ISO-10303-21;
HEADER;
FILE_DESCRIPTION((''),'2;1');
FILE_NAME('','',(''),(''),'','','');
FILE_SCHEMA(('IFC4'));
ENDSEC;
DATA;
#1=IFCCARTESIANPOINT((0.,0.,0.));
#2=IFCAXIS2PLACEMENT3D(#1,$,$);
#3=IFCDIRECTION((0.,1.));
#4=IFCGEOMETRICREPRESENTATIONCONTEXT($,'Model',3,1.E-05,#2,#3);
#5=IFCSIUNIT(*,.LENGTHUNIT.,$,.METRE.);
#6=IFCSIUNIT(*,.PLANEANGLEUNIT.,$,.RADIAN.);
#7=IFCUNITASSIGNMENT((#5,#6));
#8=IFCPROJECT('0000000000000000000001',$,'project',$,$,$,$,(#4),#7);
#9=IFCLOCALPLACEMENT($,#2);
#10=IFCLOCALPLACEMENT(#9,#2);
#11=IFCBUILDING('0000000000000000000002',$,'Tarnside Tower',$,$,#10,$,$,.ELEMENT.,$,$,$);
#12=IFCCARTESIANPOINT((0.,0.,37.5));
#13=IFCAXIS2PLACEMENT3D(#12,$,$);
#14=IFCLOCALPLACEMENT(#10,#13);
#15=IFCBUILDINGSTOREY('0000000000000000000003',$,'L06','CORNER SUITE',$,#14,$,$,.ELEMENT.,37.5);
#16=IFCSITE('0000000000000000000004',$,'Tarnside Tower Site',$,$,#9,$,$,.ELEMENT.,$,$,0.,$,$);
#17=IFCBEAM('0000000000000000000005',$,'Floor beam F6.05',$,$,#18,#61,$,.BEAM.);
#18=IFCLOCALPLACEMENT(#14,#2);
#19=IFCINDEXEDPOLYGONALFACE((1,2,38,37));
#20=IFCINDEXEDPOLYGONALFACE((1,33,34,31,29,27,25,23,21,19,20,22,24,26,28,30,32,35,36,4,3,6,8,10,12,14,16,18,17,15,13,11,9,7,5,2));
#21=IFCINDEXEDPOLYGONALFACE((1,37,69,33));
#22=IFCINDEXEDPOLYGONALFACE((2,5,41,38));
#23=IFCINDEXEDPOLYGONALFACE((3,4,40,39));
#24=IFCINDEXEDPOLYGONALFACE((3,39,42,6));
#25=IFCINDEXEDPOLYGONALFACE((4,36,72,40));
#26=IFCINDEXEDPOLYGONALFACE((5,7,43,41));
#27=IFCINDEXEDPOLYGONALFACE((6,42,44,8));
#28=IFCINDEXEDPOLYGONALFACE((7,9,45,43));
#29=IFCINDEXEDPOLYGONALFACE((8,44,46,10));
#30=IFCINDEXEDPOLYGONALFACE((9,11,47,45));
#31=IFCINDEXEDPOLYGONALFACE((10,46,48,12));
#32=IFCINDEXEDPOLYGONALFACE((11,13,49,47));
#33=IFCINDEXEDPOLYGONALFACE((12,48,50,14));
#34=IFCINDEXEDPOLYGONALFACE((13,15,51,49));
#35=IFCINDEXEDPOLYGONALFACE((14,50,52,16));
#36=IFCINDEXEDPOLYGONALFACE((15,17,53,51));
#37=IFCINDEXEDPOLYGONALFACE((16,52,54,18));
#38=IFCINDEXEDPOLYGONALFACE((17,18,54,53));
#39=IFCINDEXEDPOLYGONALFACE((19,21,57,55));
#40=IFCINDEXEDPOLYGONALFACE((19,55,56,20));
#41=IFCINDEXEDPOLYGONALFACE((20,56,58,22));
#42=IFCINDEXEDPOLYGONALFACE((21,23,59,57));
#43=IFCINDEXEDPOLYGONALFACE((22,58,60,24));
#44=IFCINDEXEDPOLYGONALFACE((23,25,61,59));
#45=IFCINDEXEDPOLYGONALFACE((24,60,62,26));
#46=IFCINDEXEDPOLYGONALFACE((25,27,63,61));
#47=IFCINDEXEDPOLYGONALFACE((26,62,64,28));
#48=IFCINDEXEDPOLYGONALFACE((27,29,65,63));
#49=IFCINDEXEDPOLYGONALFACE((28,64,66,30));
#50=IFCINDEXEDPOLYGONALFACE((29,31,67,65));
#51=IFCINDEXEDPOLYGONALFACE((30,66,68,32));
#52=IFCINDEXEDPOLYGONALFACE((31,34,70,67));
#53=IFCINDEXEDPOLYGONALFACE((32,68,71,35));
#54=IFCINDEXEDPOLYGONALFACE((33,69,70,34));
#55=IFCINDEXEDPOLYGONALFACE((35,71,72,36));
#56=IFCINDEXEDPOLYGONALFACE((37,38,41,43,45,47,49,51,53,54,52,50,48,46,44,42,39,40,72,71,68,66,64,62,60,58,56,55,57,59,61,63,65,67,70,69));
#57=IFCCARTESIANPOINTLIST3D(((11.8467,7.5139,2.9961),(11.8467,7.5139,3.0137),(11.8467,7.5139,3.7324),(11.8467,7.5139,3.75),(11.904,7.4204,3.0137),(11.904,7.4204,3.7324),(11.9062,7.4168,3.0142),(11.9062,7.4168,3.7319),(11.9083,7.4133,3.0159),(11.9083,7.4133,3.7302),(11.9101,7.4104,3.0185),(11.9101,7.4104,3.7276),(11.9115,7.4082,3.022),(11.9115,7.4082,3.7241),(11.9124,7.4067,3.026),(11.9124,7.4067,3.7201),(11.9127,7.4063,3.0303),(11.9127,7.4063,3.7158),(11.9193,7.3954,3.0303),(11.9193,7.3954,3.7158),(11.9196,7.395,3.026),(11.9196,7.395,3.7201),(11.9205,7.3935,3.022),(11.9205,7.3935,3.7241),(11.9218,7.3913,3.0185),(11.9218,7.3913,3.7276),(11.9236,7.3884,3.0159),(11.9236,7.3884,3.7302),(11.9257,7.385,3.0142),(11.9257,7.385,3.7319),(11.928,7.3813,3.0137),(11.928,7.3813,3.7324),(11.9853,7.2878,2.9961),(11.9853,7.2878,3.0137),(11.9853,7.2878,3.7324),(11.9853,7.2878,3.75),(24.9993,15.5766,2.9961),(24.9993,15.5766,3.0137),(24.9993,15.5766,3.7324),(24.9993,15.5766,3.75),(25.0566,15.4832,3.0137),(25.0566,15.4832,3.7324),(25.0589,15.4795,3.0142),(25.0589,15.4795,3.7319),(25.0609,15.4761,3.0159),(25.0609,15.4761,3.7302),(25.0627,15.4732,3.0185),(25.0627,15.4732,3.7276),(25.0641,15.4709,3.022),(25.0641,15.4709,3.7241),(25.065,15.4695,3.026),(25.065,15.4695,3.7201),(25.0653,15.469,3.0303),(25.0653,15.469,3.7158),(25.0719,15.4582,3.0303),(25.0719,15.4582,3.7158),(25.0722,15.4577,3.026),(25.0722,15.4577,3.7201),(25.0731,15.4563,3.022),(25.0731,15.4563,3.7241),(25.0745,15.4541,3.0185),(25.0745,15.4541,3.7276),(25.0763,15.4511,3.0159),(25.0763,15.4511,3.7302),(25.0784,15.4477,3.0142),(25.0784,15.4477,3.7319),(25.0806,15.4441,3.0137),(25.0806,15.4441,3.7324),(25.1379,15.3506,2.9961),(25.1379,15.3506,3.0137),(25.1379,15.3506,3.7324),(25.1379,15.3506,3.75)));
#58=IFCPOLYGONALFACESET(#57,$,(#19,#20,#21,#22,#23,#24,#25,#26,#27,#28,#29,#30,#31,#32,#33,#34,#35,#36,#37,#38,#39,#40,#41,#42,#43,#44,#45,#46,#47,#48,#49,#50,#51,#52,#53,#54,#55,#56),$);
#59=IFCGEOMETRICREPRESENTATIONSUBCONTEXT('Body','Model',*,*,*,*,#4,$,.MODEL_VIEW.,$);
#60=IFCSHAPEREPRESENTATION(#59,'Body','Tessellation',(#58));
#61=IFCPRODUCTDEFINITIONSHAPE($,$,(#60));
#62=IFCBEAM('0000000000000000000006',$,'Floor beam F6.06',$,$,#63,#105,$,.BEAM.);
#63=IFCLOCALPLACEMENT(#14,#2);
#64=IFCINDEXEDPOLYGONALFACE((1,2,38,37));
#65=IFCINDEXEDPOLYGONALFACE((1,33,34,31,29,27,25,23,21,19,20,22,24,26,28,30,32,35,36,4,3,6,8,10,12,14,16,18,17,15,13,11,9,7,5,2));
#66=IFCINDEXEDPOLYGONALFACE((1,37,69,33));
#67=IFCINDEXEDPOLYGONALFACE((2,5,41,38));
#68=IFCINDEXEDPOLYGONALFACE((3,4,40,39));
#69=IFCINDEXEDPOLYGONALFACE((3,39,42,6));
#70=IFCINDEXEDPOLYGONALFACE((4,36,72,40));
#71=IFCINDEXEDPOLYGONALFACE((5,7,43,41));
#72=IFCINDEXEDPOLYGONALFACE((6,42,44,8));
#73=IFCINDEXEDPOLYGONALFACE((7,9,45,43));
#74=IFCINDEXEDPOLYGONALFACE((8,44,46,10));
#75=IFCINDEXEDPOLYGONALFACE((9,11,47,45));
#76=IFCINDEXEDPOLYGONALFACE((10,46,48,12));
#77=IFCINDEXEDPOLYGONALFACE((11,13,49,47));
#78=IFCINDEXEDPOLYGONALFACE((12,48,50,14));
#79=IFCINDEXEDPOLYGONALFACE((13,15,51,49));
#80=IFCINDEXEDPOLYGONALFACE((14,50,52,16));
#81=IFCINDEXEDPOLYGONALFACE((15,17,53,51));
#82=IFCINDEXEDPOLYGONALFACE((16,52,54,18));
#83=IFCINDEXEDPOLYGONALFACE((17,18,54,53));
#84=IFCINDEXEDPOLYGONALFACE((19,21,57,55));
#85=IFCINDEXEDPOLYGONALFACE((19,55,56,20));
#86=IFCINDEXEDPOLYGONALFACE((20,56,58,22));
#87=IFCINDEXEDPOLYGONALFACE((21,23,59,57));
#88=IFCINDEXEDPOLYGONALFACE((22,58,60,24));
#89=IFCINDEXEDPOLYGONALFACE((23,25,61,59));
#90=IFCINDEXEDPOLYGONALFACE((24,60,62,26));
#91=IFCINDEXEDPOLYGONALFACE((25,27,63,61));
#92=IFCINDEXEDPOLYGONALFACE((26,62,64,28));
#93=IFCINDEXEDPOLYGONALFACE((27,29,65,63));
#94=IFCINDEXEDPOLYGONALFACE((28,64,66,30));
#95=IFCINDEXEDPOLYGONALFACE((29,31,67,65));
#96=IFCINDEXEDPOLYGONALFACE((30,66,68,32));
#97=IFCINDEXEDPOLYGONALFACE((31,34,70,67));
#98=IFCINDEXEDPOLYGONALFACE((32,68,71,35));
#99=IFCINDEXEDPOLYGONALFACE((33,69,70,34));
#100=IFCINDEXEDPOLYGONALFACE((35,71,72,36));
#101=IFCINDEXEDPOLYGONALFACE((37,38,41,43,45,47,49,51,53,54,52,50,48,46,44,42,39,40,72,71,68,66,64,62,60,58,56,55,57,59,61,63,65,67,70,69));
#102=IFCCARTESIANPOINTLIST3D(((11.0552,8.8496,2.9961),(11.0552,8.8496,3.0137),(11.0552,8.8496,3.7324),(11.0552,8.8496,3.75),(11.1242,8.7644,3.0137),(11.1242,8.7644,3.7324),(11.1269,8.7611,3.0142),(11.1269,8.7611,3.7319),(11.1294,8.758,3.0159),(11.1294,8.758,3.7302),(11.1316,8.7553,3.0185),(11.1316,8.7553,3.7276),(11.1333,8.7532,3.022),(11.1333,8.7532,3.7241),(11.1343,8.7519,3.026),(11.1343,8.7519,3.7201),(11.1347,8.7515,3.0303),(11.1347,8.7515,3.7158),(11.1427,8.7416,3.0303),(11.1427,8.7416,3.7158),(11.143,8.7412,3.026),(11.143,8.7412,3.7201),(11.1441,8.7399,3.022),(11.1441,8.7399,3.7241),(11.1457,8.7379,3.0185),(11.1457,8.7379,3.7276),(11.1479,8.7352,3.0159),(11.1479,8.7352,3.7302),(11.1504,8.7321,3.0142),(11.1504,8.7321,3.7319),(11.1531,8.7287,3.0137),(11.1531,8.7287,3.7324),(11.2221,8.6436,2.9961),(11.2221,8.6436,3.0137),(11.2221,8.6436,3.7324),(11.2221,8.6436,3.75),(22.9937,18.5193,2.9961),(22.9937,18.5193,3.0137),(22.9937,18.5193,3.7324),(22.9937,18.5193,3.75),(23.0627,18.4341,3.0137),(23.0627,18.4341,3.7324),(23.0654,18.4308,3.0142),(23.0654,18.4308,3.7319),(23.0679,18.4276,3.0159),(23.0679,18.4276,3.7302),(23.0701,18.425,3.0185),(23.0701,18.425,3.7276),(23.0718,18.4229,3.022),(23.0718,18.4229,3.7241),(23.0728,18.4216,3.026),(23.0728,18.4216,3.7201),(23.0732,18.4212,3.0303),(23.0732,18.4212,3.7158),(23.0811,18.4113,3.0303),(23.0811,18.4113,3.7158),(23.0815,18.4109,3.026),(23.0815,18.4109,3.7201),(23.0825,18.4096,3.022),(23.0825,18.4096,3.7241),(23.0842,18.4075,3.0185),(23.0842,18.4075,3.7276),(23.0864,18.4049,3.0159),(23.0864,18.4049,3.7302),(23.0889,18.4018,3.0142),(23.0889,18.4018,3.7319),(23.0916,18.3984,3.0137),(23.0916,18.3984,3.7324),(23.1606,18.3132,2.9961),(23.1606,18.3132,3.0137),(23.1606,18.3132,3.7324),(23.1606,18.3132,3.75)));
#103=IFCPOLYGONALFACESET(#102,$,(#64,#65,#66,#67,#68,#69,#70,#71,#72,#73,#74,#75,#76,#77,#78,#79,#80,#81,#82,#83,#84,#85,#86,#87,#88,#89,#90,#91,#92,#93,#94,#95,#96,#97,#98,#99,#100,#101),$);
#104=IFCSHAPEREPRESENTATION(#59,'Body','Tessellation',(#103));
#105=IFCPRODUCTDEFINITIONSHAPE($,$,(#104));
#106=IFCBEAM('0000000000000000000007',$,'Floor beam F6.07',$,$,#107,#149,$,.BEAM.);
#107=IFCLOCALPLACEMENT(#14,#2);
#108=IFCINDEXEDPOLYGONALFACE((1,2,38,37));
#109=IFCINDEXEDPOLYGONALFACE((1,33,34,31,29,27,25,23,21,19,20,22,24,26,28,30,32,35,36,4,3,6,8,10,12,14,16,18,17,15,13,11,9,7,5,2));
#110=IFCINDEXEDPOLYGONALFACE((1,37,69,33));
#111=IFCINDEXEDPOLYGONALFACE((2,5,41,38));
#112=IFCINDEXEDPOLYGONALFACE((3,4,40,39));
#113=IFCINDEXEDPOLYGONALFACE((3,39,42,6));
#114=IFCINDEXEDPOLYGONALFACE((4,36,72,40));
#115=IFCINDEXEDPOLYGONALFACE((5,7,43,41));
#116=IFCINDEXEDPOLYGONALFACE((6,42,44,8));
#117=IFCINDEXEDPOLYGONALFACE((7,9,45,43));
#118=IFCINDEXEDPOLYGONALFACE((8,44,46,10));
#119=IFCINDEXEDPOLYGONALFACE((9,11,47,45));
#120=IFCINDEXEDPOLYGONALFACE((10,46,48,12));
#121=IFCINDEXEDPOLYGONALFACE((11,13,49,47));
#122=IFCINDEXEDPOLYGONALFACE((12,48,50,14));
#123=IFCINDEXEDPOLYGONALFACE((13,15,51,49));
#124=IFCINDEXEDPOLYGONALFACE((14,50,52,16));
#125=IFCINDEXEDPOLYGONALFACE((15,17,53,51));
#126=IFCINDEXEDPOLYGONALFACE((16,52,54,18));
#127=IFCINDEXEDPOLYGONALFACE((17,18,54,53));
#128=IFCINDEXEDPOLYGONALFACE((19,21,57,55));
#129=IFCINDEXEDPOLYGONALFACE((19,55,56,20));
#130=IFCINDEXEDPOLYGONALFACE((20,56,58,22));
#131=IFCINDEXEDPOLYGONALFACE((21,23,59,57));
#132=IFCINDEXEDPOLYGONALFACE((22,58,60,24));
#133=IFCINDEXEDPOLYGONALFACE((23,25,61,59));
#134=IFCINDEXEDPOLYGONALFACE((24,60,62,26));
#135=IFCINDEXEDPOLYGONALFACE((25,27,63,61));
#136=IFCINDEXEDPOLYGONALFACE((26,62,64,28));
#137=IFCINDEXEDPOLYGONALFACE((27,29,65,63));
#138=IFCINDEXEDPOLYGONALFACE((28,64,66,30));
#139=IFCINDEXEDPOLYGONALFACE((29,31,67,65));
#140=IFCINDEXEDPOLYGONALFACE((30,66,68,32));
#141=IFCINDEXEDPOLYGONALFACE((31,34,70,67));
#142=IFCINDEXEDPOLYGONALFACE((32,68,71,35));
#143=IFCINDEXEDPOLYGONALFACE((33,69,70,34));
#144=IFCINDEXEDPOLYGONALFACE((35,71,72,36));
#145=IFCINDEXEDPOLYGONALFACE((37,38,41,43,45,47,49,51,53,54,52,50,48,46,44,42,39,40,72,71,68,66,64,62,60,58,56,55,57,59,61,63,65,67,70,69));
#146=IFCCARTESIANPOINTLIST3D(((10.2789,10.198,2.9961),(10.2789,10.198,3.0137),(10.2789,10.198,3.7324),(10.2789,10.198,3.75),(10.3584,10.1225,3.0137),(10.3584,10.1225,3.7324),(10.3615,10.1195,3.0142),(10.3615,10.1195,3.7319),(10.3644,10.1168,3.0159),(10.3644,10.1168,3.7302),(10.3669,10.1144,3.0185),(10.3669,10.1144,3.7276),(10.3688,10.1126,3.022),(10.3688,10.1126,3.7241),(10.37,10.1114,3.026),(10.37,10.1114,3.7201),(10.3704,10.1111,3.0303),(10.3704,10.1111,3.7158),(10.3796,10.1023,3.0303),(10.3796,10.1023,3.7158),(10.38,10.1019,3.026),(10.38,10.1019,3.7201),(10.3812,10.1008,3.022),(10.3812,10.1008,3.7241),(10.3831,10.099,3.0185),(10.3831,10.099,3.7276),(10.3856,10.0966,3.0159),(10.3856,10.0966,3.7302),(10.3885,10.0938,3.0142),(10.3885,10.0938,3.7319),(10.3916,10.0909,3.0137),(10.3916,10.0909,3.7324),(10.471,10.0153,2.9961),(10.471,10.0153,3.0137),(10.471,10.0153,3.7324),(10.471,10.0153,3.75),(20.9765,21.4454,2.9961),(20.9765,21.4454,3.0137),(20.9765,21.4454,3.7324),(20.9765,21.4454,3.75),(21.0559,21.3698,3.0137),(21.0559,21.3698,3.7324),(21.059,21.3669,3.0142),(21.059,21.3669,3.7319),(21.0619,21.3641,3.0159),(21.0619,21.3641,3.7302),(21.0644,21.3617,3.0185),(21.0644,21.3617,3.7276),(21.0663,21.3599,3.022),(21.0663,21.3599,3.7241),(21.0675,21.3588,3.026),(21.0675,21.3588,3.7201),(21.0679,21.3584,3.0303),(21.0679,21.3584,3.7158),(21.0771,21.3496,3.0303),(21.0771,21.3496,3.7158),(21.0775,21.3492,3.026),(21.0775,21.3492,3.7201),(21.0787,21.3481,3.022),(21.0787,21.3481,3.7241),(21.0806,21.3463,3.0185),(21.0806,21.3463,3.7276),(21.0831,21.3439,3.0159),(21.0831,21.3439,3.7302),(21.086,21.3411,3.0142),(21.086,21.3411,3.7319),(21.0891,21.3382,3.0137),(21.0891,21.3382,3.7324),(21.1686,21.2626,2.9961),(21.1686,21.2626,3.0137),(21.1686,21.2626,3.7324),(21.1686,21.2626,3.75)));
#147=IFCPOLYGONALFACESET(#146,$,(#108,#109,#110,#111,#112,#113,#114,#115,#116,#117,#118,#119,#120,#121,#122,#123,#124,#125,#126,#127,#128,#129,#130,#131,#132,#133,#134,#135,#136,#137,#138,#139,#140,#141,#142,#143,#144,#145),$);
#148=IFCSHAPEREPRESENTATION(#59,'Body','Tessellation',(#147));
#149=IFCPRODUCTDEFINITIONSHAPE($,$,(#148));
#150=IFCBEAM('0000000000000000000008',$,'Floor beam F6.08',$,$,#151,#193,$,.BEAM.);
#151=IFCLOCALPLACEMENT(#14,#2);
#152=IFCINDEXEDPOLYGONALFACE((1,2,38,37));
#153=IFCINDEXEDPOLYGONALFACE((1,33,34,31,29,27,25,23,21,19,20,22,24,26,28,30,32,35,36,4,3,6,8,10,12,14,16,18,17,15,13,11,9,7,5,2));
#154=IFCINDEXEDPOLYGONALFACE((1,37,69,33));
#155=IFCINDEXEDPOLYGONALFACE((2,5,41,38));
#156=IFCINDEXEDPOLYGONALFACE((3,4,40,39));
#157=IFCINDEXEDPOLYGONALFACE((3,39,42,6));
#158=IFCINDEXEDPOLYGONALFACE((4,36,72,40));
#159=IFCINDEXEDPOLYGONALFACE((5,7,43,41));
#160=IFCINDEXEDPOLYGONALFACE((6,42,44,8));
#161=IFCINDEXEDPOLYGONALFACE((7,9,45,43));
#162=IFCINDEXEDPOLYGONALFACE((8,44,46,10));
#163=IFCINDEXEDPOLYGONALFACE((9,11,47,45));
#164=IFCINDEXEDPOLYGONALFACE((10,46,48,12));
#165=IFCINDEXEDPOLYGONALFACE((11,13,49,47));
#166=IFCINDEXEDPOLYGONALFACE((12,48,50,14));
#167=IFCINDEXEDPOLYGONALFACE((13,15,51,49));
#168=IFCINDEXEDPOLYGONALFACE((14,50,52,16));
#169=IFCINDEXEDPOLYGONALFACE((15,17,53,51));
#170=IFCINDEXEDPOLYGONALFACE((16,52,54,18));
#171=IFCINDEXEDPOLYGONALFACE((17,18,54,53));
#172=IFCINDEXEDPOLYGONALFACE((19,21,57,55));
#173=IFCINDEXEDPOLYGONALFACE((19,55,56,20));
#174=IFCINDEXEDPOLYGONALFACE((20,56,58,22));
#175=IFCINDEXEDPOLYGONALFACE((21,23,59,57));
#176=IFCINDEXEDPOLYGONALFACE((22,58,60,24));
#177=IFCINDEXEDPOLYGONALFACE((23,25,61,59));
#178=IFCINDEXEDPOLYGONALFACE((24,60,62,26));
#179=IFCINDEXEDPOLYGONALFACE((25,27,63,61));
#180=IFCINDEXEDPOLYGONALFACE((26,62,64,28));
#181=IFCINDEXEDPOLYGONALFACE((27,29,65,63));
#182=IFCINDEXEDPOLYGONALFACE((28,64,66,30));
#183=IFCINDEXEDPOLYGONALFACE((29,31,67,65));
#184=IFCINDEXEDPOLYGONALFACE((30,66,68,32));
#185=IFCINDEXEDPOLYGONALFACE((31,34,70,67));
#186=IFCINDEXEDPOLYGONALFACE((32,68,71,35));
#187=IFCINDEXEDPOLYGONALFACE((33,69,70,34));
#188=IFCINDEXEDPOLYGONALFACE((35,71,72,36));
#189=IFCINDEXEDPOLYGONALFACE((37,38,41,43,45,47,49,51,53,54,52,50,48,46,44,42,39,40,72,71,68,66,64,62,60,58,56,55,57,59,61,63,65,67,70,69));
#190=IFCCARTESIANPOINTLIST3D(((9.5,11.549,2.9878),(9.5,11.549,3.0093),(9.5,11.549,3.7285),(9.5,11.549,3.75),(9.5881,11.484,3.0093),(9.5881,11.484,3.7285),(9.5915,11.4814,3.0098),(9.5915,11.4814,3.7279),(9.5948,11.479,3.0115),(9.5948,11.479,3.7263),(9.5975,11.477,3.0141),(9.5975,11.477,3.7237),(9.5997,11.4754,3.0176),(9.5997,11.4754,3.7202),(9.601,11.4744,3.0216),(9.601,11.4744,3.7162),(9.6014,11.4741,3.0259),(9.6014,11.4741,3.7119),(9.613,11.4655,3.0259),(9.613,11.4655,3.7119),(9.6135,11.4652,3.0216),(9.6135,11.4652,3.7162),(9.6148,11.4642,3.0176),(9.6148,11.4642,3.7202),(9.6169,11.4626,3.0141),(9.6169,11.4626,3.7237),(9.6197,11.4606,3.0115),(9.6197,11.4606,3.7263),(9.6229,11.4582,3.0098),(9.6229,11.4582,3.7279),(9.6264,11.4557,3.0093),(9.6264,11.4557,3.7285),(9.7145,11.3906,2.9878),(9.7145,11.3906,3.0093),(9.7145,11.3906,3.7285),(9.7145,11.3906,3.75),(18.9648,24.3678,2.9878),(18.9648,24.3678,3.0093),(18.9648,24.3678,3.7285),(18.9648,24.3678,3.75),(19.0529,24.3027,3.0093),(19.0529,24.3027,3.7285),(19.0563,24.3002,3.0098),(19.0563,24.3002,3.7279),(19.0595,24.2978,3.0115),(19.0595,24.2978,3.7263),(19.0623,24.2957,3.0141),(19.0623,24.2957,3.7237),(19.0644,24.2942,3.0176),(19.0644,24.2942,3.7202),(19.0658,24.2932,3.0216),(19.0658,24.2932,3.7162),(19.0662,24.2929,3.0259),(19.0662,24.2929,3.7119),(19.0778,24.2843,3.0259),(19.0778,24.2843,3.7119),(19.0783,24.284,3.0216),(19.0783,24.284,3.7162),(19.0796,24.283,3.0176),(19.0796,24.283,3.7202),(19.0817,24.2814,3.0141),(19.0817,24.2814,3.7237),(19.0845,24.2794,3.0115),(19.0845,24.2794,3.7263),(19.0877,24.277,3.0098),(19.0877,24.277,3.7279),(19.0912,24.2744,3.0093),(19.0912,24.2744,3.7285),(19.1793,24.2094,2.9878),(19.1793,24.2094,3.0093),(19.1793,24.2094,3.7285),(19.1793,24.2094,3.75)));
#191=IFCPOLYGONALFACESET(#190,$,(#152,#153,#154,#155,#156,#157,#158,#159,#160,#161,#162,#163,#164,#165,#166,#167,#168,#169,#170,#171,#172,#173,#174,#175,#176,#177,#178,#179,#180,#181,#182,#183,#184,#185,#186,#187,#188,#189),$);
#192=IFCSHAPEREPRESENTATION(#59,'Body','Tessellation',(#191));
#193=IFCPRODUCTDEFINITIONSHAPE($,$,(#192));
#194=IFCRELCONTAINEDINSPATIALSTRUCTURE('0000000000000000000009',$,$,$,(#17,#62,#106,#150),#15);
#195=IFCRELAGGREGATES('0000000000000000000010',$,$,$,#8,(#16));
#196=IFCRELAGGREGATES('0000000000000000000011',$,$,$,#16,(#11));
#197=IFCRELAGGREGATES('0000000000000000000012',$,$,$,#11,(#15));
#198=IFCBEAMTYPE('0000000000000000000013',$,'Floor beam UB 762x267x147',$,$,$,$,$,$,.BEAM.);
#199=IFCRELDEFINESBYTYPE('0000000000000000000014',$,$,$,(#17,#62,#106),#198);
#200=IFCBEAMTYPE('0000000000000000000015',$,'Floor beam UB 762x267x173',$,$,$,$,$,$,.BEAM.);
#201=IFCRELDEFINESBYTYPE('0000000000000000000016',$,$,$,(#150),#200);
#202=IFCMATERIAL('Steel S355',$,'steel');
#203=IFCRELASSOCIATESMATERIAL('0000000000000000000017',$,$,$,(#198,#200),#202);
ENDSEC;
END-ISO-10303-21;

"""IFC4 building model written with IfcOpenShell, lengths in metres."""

from ifc_helpers import new_model, si_unit, direction, frame, origin, origin_2d, place, context, subcontext, project, spatial, i_section, extrude, material, material_profile, profile_set, type_object, element, save


model = new_model("IFC4")

# Units and contexts
model_context = context("Model", 3, precision=1e-05, world=origin(), true_north=direction((0.0, 1.0)))
body_context = subcontext(model_context, "Body", "Model", "MODEL_VIEW")
ifc_project = project(units=[si_unit("LENGTHUNIT", "METRE"), si_unit("PLANEANGLEUNIT", "RADIAN")], contexts=[model_context])

# Site, building, storey
site_placement = place(None, origin())
site = spatial("IfcSite", under=ifc_project, at=site_placement, Name="Tarnside Tower Site", CompositionType="ELEMENT", RefElevation=0.0)
building_placement = place(site_placement, origin())
building = spatial("IfcBuilding", under=site, at=building_placement, Name="Tarnside Tower", CompositionType="ELEMENT")
storey_placement = place(building_placement, frame((0.0, 0.0, 37.5)))
storey = spatial("IfcBuildingStorey", under=building, at=storey_placement, Name="L06", Description="CORNER SUITE", CompositionType="ELEMENT", Elevation=37.5)

# Beams
ifc_material_1 = material(Name="Steel S355", Category="steel")
ifc_material_profile_1 = material_profile(ifc_material_1, i_section(OverallWidth=0.2651, OverallDepth=0.7539, WebThickness=0.0127, FlangeThickness=0.0176, FilletRadius=0.0166, at=origin_2d()), Name="UB 762x267x147")
ifc_profile_set_1 = profile_set([ifc_material_profile_1], Name="Steel S355")
beam_type_1 = type_object("IfcBeamType", Name="Floor beam UB 762x267x147", PredefinedType="BEAM", material=ifc_profile_set_1)
beam_1_placement = place(storey_placement, frame((25.0686, 15.4636, 3.373), z_axis=(-0.852558, -0.522632, 0.0), x_axis=(0.522632, -0.852558, 0.0)))
element("IfcBeam", 1, at=beam_1_placement, inside=storey, type_object=beam_type_1, Name="Floor beam F6.05", PredefinedType="BEAM", context=body_context, shape_type="SweptSolid", body=[
    extrude(i_section(OverallWidth=0.2651, OverallDepth=0.7539, WebThickness=0.0127, FlangeThickness=0.0176, FilletRadius=0.0166, at=origin_2d()), origin(), (0.0, 0.0, 1.0), 15.4272),
])
beam_2_placement = place(storey_placement, frame((23.0771, 18.4163, 3.373), z_axis=(-0.777079, -0.629403, 0.0), x_axis=(0.629403, -0.777079, 0.0)))
element("IfcBeam", 2, at=beam_2_placement, inside=storey, type_object=beam_type_1, Name="Floor beam F6.06", PredefinedType="BEAM", context=body_context, shape_type="SweptSolid", body=[
    extrude(i_section(OverallWidth=0.2651, OverallDepth=0.7539, WebThickness=0.0127, FlangeThickness=0.0176, FilletRadius=0.0166, at=origin_2d()), origin(), (0.0, 0.0, 1.0), 15.3633),
])
beam_3_placement = place(storey_placement, frame((21.0725, 21.354, 3.373), z_axis=(-0.689175, -0.724595, 0.0), x_axis=(0.724595, -0.689175, 0.0)))
element("IfcBeam", 3, at=beam_3_placement, inside=storey, type_object=beam_type_1, Name="Floor beam F6.07", PredefinedType="BEAM", context=body_context, shape_type="SweptSolid", body=[
    extrude(i_section(OverallWidth=0.2651, OverallDepth=0.7539, WebThickness=0.0127, FlangeThickness=0.0176, FilletRadius=0.0166, at=origin_2d()), origin(), (0.0, 0.0, 1.0), 15.5222),
])
ifc_material_profile_2 = material_profile(ifc_material_1, i_section(OverallWidth=0.2666, OverallDepth=0.7622, WebThickness=0.0144, FlangeThickness=0.0215, FilletRadius=0.0166, at=origin_2d()), Name="UB 762x267x173")
ifc_profile_set_2 = profile_set([ifc_material_profile_2], Name="Steel S355")
beam_type_2 = type_object("IfcBeamType", Name="Floor beam UB 762x267x173", PredefinedType="BEAM", material=ifc_profile_set_2)
beam_4_placement = place(storey_placement, frame((19.072, 24.2886, 3.3689), z_axis=(-0.593987, -0.804475, 0.0), x_axis=(0.804475, -0.593987, 0.0)))
element("IfcBeam", 4, at=beam_4_placement, inside=storey, type_object=beam_type_2, Name="Floor beam F6.08", PredefinedType="BEAM", context=body_context, shape_type="SweptSolid", body=[
    extrude(i_section(OverallWidth=0.2666, OverallDepth=0.7622, WebThickness=0.0144, FlangeThickness=0.0215, FilletRadius=0.0166, at=origin_2d()), origin(), (0.0, 0.0, 1.0), 15.9343),
])

save(model, "model.ifc")
